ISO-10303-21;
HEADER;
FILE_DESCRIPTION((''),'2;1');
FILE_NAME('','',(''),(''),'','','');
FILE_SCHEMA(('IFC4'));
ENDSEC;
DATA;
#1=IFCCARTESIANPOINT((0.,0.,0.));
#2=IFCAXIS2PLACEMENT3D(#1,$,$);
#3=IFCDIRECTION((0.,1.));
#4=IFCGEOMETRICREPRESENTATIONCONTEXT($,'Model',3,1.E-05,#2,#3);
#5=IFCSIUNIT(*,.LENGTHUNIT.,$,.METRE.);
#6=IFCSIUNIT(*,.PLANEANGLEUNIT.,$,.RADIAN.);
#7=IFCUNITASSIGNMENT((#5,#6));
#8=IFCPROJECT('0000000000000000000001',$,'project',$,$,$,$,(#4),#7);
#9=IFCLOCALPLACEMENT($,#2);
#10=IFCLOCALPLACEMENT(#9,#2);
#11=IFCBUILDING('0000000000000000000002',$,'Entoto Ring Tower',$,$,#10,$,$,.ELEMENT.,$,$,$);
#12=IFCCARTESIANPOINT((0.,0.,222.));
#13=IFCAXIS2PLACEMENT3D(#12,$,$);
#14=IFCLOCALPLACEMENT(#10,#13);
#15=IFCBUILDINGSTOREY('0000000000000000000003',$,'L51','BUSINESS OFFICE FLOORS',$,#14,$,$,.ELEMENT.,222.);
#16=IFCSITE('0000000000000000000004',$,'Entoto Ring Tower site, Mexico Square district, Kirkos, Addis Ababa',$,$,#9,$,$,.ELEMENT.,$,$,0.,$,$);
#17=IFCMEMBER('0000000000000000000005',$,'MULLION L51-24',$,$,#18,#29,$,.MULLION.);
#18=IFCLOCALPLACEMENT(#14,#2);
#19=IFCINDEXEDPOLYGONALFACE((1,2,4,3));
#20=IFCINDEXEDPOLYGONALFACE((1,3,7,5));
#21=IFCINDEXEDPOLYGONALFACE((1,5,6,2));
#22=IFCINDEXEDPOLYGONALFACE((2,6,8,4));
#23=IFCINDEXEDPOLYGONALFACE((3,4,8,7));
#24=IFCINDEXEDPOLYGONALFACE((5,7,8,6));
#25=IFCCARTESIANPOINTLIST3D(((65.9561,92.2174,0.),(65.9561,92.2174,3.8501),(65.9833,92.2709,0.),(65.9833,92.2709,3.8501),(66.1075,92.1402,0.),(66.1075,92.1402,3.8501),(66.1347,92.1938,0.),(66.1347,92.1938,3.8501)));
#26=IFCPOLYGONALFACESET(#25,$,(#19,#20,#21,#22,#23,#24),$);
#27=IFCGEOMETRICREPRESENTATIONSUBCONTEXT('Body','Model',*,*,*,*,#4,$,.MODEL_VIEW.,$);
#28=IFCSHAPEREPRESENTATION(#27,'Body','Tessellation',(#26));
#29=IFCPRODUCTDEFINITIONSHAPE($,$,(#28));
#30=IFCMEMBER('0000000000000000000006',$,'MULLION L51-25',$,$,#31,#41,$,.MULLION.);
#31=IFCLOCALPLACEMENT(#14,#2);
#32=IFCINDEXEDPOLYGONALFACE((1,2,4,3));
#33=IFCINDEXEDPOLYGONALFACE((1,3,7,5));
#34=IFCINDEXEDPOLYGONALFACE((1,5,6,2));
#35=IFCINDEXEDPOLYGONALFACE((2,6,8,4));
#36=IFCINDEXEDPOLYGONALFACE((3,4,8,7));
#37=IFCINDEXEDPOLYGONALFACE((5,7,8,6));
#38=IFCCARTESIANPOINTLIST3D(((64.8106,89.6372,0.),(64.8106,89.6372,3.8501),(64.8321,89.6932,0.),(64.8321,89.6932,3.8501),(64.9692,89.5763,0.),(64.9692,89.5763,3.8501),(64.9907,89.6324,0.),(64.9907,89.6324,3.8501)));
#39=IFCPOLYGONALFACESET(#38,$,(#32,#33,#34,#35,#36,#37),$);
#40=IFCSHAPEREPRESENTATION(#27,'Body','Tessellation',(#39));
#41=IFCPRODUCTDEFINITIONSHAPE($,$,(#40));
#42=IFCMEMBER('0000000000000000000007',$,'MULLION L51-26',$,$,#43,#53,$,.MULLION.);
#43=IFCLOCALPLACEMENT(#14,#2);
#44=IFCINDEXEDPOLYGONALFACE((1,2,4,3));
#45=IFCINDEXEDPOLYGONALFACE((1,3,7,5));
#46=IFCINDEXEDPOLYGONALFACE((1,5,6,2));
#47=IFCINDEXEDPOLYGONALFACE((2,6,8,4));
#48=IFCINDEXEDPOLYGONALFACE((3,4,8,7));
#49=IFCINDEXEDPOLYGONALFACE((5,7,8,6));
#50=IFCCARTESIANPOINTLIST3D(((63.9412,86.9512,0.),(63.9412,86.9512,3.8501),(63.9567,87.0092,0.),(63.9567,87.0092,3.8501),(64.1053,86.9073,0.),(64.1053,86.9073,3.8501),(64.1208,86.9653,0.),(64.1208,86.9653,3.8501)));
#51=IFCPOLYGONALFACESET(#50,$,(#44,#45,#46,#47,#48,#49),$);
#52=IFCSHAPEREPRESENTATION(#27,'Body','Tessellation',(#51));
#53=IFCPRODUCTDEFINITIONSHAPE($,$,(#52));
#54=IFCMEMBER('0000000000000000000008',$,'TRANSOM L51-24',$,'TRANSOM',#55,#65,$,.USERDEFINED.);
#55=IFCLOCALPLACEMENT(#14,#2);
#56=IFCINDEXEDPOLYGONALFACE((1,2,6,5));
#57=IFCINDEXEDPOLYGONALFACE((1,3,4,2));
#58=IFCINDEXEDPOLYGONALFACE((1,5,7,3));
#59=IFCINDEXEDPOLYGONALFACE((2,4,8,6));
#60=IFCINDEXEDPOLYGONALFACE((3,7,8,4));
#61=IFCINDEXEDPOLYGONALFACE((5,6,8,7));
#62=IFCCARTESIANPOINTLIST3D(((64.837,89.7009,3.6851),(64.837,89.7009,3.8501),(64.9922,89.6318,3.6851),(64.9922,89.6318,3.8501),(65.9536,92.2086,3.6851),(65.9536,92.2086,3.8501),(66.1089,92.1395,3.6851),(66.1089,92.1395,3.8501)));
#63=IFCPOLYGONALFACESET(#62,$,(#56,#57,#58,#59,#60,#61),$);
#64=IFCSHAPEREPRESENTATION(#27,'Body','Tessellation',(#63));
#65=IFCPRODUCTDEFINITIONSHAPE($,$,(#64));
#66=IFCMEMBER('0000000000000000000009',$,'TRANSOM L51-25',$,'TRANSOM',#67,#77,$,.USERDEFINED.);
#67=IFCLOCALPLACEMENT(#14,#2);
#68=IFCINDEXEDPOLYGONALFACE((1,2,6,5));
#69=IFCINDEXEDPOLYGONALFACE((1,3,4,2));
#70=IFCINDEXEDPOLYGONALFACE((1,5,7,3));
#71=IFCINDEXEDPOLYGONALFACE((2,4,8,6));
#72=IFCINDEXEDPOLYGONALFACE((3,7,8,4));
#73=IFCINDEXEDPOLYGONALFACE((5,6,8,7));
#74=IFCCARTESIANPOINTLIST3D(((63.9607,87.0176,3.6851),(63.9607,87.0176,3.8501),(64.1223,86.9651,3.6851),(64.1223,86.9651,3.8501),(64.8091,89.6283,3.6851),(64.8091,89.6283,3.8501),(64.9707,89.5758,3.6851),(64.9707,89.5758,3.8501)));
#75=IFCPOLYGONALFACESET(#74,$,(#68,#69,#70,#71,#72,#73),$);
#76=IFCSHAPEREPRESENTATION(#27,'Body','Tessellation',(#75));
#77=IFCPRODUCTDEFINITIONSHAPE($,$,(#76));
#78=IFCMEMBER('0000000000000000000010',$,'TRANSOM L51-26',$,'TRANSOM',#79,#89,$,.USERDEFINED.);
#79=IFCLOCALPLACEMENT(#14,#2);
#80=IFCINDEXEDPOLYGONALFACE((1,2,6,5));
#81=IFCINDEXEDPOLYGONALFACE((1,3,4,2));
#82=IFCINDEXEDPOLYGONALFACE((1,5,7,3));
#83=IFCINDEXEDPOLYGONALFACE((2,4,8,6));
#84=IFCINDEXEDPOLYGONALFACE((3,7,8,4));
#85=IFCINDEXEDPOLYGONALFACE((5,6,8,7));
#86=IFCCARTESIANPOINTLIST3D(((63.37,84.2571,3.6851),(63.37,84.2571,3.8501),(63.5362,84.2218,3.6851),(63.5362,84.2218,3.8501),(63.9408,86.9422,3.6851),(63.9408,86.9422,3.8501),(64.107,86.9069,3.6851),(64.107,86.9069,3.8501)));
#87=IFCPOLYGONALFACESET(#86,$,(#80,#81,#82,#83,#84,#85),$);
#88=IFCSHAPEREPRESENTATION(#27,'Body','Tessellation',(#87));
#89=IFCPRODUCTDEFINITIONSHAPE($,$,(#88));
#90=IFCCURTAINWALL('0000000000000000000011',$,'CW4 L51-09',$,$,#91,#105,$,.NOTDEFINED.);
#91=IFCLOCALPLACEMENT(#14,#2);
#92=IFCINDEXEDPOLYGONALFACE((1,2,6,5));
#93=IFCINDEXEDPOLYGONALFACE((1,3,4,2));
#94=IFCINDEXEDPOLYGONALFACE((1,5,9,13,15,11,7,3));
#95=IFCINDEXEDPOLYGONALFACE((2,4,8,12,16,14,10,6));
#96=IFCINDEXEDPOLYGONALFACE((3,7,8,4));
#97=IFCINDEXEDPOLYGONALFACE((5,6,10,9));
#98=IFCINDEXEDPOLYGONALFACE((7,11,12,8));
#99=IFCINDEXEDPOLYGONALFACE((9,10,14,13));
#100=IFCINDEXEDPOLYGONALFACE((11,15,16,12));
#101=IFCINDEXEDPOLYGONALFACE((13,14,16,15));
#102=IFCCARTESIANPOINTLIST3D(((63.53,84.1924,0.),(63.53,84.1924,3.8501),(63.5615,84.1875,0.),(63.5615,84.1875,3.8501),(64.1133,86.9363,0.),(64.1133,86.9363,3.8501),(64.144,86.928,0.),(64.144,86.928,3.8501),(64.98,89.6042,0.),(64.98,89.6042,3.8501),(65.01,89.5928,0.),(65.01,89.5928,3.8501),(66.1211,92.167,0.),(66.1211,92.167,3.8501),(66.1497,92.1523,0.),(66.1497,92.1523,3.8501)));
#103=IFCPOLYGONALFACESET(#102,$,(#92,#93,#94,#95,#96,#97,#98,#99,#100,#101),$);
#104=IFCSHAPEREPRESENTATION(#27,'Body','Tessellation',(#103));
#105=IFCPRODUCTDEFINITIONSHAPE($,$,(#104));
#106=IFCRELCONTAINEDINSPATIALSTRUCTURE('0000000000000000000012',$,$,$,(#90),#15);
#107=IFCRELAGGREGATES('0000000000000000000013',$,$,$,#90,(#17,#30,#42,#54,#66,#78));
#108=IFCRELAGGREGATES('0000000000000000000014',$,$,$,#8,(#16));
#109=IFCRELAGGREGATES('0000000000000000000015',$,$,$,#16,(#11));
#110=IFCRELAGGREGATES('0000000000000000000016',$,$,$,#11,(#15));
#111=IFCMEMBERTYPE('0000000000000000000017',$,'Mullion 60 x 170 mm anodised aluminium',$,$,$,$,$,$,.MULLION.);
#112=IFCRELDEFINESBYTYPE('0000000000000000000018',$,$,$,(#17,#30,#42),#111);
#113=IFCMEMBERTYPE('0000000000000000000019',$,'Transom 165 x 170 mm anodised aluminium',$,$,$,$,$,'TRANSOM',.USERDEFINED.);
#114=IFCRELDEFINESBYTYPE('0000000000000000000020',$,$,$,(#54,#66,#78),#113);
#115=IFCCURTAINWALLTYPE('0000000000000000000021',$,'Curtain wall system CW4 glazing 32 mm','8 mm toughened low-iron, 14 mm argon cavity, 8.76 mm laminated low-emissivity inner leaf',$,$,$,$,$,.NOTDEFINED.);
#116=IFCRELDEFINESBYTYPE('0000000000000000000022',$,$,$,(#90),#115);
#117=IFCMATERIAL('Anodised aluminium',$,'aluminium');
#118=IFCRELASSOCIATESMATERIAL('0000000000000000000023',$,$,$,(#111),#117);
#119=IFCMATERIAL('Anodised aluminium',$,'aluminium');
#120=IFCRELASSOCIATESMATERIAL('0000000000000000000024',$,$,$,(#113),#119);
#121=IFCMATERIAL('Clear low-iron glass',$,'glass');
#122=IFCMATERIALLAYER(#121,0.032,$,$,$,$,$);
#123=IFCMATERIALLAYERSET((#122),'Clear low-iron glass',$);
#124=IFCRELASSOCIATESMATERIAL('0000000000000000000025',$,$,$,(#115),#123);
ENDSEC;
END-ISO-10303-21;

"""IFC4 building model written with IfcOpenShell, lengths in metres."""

from ifc_helpers import new_model, si_unit, direction, frame, origin, origin_2d, place, context, subcontext, project, spatial, polyline, rectangle, outline, extrude, material, layer, layer_set, material_profile, profile_set, type_object, element, aggregate, save


model = new_model("IFC4")

# Units and contexts
model_context = context("Model", 3, precision=1e-05, world=origin(), true_north=direction((0.0, 1.0)))
body_context = subcontext(model_context, "Body", "Model", "MODEL_VIEW")
ifc_project = project(units=[si_unit("LENGTHUNIT", "METRE"), si_unit("PLANEANGLEUNIT", "RADIAN")], contexts=[model_context])

# Members
ifc_material_1 = material(Name="Anodised aluminium", Category="aluminium")
ifc_material_profile_1 = material_profile(ifc_material_1, rectangle(XDim=0.0601, YDim=0.1699, at=origin_2d()), Name="Mullion 60 x 170 mm anodised aluminium")
ifc_profile_set_1 = profile_set([ifc_material_profile_1], Name="Anodised aluminium")
member_type_1 = type_object("IfcMemberType", Name="Mullion 60 x 170 mm anodised aluminium", PredefinedType="MULLION", material=ifc_profile_set_1)
site_placement = place(None, origin())
building_placement = place(site_placement, origin())
storey_placement = place(building_placement, frame((0.0, 0.0, 222.0)))
member_1_placement = place(storey_placement, frame((66.0454, 92.2056, 0.0), z_axis=(0.0, 0.0, 1.0), x_axis=(-0.45399, -0.891007, 0.0)))
member_1 = element("IfcMember", 1, at=member_1_placement, type_object=member_type_1, Name="MULLION L51-24", PredefinedType="MULLION", context=body_context, shape_type="SweptSolid", body=[
    extrude(rectangle(XDim=0.0601, YDim=0.1699, at=origin_2d()), origin(), (0.0, 0.0, 1.0), 3.8501),
])
member_2_placement = place(storey_placement, frame((64.9006, 89.6348, 0.0), z_axis=(0.0, 0.0, 1.0), x_axis=(-0.358368, -0.93358, 0.0)))
member_2 = element("IfcMember", 2, at=member_2_placement, type_object=member_type_1, Name="MULLION L51-25", PredefinedType="MULLION", context=body_context, shape_type="SweptSolid", body=[
    extrude(rectangle(XDim=0.0601, YDim=0.1699, at=origin_2d()), origin(), (0.0, 0.0, 1.0), 3.8501),
])
member_3_placement = place(storey_placement, frame((64.031, 86.9583, 0.0), z_axis=(0.0, 0.0, 1.0), x_axis=(-0.258819, -0.965926, 0.0)))
member_3 = element("IfcMember", 3, at=member_3_placement, type_object=member_type_1, Name="MULLION L51-26", PredefinedType="MULLION", context=body_context, shape_type="SweptSolid", body=[
    extrude(rectangle(XDim=0.0601, YDim=0.1699, at=origin_2d()), origin(), (0.0, 0.0, 1.0), 3.8501),
])
ifc_material_2 = material(Name="Anodised aluminium", Category="aluminium")
ifc_material_profile_2 = material_profile(ifc_material_2, rectangle(XDim=0.1699, YDim=0.165, at=origin_2d()), Name="Transom 165 x 170 mm anodised aluminium")
ifc_profile_set_2 = profile_set([ifc_material_profile_2], Name="Anodised aluminium")
member_type_2 = type_object("IfcMemberType", Name="Transom 165 x 170 mm anodised aluminium", ElementType="TRANSOM", PredefinedType="USERDEFINED", material=ifc_profile_set_2)
member_4_placement = place(storey_placement, frame((66.0312, 92.1741, 3.7676), z_axis=(-0.406782, -0.913525, 0.0), x_axis=(0.913525, -0.406782, 0.0)))
member_4 = element("IfcMember", 4, at=member_4_placement, type_object=member_type_2, Name="TRANSOM L51-24", ObjectType="TRANSOM", PredefinedType="USERDEFINED", context=body_context, shape_type="SweptSolid", body=[
    extrude(rectangle(XDim=0.1699, YDim=0.165, at=origin_2d()), origin(), (0.0, 0.0, 1.0), 2.7451),
])
member_5_placement = place(storey_placement, frame((64.8899, 89.6021, 3.7676), z_axis=(-0.309042, -0.951048, 0.0), x_axis=(0.951048, -0.309042, 0.0)))
member_5 = element("IfcMember", 5, at=member_5_placement, type_object=member_type_2, Name="TRANSOM L51-25", ObjectType="TRANSOM", PredefinedType="USERDEFINED", context=body_context, shape_type="SweptSolid", body=[
    extrude(rectangle(XDim=0.1699, YDim=0.165, at=origin_2d()), origin(), (0.0, 0.0, 1.0), 2.7451),
])
member_6_placement = place(storey_placement, frame((64.0239, 86.9246, 3.7676), z_axis=(-0.207937, -0.978142, 0.0), x_axis=(0.978142, -0.207937, 0.0)))
member_6 = element("IfcMember", 6, at=member_6_placement, type_object=member_type_2, Name="TRANSOM L51-26", ObjectType="TRANSOM", PredefinedType="USERDEFINED", context=body_context, shape_type="SweptSolid", body=[
    extrude(rectangle(XDim=0.1699, YDim=0.165, at=origin_2d()), origin(), (0.0, 0.0, 1.0), 2.7451),
])

# Site, building, storey
site = spatial("IfcSite", under=ifc_project, at=site_placement, Name="Entoto Ring Tower site, Mexico Square district, Kirkos, Addis Ababa", CompositionType="ELEMENT", RefElevation=0.0)
building = spatial("IfcBuilding", under=site, at=building_placement, Name="Entoto Ring Tower", CompositionType="ELEMENT")
storey = spatial("IfcBuildingStorey", under=building, at=storey_placement, Name="L51", Description="BUSINESS OFFICE FLOORS", CompositionType="ELEMENT", Elevation=222.0)

# Curtain wall
ifc_material_3 = material(Name="Clear low-iron glass", Category="glass")
ifc_layer = layer(ifc_material_3, 0.032)
ifc_layer_set = layer_set([ifc_layer], Name="Clear low-iron glass")
curtain_wall_type = type_object("IfcCurtainWallType", Name="Curtain wall system CW4 glazing 32 mm", Description="8 mm toughened low-iron, 14 mm argon cavity, 8.76 mm laminated low-emissivity inner leaf", PredefinedType="NOTDEFINED", material=ifc_layer_set)
curtain_wall_1_placement = place(storey_placement, origin())
curtain_wall_1 = element("IfcCurtainWall", 7, at=curtain_wall_1_placement, inside=storey, type_object=curtain_wall_type, Name="CW4 L51-09", PredefinedType="NOTDEFINED", context=body_context, shape_type="SweptSolid", body=[
    extrude(outline(polyline([(66.1211, 92.167), (64.98, 89.6042), (64.1133, 86.9363), (63.53, 84.1924), (63.5615, 84.1875), (64.144, 86.928), (65.01, 89.5928), (66.1497, 92.1523), (66.1211, 92.167)])), origin(), (0.0, 0.0, 1.0), 3.8501),
])
aggregate(curtain_wall_1, [member_1, member_2, member_3, member_4, member_5, member_6])

save(model, "model.ifc")
